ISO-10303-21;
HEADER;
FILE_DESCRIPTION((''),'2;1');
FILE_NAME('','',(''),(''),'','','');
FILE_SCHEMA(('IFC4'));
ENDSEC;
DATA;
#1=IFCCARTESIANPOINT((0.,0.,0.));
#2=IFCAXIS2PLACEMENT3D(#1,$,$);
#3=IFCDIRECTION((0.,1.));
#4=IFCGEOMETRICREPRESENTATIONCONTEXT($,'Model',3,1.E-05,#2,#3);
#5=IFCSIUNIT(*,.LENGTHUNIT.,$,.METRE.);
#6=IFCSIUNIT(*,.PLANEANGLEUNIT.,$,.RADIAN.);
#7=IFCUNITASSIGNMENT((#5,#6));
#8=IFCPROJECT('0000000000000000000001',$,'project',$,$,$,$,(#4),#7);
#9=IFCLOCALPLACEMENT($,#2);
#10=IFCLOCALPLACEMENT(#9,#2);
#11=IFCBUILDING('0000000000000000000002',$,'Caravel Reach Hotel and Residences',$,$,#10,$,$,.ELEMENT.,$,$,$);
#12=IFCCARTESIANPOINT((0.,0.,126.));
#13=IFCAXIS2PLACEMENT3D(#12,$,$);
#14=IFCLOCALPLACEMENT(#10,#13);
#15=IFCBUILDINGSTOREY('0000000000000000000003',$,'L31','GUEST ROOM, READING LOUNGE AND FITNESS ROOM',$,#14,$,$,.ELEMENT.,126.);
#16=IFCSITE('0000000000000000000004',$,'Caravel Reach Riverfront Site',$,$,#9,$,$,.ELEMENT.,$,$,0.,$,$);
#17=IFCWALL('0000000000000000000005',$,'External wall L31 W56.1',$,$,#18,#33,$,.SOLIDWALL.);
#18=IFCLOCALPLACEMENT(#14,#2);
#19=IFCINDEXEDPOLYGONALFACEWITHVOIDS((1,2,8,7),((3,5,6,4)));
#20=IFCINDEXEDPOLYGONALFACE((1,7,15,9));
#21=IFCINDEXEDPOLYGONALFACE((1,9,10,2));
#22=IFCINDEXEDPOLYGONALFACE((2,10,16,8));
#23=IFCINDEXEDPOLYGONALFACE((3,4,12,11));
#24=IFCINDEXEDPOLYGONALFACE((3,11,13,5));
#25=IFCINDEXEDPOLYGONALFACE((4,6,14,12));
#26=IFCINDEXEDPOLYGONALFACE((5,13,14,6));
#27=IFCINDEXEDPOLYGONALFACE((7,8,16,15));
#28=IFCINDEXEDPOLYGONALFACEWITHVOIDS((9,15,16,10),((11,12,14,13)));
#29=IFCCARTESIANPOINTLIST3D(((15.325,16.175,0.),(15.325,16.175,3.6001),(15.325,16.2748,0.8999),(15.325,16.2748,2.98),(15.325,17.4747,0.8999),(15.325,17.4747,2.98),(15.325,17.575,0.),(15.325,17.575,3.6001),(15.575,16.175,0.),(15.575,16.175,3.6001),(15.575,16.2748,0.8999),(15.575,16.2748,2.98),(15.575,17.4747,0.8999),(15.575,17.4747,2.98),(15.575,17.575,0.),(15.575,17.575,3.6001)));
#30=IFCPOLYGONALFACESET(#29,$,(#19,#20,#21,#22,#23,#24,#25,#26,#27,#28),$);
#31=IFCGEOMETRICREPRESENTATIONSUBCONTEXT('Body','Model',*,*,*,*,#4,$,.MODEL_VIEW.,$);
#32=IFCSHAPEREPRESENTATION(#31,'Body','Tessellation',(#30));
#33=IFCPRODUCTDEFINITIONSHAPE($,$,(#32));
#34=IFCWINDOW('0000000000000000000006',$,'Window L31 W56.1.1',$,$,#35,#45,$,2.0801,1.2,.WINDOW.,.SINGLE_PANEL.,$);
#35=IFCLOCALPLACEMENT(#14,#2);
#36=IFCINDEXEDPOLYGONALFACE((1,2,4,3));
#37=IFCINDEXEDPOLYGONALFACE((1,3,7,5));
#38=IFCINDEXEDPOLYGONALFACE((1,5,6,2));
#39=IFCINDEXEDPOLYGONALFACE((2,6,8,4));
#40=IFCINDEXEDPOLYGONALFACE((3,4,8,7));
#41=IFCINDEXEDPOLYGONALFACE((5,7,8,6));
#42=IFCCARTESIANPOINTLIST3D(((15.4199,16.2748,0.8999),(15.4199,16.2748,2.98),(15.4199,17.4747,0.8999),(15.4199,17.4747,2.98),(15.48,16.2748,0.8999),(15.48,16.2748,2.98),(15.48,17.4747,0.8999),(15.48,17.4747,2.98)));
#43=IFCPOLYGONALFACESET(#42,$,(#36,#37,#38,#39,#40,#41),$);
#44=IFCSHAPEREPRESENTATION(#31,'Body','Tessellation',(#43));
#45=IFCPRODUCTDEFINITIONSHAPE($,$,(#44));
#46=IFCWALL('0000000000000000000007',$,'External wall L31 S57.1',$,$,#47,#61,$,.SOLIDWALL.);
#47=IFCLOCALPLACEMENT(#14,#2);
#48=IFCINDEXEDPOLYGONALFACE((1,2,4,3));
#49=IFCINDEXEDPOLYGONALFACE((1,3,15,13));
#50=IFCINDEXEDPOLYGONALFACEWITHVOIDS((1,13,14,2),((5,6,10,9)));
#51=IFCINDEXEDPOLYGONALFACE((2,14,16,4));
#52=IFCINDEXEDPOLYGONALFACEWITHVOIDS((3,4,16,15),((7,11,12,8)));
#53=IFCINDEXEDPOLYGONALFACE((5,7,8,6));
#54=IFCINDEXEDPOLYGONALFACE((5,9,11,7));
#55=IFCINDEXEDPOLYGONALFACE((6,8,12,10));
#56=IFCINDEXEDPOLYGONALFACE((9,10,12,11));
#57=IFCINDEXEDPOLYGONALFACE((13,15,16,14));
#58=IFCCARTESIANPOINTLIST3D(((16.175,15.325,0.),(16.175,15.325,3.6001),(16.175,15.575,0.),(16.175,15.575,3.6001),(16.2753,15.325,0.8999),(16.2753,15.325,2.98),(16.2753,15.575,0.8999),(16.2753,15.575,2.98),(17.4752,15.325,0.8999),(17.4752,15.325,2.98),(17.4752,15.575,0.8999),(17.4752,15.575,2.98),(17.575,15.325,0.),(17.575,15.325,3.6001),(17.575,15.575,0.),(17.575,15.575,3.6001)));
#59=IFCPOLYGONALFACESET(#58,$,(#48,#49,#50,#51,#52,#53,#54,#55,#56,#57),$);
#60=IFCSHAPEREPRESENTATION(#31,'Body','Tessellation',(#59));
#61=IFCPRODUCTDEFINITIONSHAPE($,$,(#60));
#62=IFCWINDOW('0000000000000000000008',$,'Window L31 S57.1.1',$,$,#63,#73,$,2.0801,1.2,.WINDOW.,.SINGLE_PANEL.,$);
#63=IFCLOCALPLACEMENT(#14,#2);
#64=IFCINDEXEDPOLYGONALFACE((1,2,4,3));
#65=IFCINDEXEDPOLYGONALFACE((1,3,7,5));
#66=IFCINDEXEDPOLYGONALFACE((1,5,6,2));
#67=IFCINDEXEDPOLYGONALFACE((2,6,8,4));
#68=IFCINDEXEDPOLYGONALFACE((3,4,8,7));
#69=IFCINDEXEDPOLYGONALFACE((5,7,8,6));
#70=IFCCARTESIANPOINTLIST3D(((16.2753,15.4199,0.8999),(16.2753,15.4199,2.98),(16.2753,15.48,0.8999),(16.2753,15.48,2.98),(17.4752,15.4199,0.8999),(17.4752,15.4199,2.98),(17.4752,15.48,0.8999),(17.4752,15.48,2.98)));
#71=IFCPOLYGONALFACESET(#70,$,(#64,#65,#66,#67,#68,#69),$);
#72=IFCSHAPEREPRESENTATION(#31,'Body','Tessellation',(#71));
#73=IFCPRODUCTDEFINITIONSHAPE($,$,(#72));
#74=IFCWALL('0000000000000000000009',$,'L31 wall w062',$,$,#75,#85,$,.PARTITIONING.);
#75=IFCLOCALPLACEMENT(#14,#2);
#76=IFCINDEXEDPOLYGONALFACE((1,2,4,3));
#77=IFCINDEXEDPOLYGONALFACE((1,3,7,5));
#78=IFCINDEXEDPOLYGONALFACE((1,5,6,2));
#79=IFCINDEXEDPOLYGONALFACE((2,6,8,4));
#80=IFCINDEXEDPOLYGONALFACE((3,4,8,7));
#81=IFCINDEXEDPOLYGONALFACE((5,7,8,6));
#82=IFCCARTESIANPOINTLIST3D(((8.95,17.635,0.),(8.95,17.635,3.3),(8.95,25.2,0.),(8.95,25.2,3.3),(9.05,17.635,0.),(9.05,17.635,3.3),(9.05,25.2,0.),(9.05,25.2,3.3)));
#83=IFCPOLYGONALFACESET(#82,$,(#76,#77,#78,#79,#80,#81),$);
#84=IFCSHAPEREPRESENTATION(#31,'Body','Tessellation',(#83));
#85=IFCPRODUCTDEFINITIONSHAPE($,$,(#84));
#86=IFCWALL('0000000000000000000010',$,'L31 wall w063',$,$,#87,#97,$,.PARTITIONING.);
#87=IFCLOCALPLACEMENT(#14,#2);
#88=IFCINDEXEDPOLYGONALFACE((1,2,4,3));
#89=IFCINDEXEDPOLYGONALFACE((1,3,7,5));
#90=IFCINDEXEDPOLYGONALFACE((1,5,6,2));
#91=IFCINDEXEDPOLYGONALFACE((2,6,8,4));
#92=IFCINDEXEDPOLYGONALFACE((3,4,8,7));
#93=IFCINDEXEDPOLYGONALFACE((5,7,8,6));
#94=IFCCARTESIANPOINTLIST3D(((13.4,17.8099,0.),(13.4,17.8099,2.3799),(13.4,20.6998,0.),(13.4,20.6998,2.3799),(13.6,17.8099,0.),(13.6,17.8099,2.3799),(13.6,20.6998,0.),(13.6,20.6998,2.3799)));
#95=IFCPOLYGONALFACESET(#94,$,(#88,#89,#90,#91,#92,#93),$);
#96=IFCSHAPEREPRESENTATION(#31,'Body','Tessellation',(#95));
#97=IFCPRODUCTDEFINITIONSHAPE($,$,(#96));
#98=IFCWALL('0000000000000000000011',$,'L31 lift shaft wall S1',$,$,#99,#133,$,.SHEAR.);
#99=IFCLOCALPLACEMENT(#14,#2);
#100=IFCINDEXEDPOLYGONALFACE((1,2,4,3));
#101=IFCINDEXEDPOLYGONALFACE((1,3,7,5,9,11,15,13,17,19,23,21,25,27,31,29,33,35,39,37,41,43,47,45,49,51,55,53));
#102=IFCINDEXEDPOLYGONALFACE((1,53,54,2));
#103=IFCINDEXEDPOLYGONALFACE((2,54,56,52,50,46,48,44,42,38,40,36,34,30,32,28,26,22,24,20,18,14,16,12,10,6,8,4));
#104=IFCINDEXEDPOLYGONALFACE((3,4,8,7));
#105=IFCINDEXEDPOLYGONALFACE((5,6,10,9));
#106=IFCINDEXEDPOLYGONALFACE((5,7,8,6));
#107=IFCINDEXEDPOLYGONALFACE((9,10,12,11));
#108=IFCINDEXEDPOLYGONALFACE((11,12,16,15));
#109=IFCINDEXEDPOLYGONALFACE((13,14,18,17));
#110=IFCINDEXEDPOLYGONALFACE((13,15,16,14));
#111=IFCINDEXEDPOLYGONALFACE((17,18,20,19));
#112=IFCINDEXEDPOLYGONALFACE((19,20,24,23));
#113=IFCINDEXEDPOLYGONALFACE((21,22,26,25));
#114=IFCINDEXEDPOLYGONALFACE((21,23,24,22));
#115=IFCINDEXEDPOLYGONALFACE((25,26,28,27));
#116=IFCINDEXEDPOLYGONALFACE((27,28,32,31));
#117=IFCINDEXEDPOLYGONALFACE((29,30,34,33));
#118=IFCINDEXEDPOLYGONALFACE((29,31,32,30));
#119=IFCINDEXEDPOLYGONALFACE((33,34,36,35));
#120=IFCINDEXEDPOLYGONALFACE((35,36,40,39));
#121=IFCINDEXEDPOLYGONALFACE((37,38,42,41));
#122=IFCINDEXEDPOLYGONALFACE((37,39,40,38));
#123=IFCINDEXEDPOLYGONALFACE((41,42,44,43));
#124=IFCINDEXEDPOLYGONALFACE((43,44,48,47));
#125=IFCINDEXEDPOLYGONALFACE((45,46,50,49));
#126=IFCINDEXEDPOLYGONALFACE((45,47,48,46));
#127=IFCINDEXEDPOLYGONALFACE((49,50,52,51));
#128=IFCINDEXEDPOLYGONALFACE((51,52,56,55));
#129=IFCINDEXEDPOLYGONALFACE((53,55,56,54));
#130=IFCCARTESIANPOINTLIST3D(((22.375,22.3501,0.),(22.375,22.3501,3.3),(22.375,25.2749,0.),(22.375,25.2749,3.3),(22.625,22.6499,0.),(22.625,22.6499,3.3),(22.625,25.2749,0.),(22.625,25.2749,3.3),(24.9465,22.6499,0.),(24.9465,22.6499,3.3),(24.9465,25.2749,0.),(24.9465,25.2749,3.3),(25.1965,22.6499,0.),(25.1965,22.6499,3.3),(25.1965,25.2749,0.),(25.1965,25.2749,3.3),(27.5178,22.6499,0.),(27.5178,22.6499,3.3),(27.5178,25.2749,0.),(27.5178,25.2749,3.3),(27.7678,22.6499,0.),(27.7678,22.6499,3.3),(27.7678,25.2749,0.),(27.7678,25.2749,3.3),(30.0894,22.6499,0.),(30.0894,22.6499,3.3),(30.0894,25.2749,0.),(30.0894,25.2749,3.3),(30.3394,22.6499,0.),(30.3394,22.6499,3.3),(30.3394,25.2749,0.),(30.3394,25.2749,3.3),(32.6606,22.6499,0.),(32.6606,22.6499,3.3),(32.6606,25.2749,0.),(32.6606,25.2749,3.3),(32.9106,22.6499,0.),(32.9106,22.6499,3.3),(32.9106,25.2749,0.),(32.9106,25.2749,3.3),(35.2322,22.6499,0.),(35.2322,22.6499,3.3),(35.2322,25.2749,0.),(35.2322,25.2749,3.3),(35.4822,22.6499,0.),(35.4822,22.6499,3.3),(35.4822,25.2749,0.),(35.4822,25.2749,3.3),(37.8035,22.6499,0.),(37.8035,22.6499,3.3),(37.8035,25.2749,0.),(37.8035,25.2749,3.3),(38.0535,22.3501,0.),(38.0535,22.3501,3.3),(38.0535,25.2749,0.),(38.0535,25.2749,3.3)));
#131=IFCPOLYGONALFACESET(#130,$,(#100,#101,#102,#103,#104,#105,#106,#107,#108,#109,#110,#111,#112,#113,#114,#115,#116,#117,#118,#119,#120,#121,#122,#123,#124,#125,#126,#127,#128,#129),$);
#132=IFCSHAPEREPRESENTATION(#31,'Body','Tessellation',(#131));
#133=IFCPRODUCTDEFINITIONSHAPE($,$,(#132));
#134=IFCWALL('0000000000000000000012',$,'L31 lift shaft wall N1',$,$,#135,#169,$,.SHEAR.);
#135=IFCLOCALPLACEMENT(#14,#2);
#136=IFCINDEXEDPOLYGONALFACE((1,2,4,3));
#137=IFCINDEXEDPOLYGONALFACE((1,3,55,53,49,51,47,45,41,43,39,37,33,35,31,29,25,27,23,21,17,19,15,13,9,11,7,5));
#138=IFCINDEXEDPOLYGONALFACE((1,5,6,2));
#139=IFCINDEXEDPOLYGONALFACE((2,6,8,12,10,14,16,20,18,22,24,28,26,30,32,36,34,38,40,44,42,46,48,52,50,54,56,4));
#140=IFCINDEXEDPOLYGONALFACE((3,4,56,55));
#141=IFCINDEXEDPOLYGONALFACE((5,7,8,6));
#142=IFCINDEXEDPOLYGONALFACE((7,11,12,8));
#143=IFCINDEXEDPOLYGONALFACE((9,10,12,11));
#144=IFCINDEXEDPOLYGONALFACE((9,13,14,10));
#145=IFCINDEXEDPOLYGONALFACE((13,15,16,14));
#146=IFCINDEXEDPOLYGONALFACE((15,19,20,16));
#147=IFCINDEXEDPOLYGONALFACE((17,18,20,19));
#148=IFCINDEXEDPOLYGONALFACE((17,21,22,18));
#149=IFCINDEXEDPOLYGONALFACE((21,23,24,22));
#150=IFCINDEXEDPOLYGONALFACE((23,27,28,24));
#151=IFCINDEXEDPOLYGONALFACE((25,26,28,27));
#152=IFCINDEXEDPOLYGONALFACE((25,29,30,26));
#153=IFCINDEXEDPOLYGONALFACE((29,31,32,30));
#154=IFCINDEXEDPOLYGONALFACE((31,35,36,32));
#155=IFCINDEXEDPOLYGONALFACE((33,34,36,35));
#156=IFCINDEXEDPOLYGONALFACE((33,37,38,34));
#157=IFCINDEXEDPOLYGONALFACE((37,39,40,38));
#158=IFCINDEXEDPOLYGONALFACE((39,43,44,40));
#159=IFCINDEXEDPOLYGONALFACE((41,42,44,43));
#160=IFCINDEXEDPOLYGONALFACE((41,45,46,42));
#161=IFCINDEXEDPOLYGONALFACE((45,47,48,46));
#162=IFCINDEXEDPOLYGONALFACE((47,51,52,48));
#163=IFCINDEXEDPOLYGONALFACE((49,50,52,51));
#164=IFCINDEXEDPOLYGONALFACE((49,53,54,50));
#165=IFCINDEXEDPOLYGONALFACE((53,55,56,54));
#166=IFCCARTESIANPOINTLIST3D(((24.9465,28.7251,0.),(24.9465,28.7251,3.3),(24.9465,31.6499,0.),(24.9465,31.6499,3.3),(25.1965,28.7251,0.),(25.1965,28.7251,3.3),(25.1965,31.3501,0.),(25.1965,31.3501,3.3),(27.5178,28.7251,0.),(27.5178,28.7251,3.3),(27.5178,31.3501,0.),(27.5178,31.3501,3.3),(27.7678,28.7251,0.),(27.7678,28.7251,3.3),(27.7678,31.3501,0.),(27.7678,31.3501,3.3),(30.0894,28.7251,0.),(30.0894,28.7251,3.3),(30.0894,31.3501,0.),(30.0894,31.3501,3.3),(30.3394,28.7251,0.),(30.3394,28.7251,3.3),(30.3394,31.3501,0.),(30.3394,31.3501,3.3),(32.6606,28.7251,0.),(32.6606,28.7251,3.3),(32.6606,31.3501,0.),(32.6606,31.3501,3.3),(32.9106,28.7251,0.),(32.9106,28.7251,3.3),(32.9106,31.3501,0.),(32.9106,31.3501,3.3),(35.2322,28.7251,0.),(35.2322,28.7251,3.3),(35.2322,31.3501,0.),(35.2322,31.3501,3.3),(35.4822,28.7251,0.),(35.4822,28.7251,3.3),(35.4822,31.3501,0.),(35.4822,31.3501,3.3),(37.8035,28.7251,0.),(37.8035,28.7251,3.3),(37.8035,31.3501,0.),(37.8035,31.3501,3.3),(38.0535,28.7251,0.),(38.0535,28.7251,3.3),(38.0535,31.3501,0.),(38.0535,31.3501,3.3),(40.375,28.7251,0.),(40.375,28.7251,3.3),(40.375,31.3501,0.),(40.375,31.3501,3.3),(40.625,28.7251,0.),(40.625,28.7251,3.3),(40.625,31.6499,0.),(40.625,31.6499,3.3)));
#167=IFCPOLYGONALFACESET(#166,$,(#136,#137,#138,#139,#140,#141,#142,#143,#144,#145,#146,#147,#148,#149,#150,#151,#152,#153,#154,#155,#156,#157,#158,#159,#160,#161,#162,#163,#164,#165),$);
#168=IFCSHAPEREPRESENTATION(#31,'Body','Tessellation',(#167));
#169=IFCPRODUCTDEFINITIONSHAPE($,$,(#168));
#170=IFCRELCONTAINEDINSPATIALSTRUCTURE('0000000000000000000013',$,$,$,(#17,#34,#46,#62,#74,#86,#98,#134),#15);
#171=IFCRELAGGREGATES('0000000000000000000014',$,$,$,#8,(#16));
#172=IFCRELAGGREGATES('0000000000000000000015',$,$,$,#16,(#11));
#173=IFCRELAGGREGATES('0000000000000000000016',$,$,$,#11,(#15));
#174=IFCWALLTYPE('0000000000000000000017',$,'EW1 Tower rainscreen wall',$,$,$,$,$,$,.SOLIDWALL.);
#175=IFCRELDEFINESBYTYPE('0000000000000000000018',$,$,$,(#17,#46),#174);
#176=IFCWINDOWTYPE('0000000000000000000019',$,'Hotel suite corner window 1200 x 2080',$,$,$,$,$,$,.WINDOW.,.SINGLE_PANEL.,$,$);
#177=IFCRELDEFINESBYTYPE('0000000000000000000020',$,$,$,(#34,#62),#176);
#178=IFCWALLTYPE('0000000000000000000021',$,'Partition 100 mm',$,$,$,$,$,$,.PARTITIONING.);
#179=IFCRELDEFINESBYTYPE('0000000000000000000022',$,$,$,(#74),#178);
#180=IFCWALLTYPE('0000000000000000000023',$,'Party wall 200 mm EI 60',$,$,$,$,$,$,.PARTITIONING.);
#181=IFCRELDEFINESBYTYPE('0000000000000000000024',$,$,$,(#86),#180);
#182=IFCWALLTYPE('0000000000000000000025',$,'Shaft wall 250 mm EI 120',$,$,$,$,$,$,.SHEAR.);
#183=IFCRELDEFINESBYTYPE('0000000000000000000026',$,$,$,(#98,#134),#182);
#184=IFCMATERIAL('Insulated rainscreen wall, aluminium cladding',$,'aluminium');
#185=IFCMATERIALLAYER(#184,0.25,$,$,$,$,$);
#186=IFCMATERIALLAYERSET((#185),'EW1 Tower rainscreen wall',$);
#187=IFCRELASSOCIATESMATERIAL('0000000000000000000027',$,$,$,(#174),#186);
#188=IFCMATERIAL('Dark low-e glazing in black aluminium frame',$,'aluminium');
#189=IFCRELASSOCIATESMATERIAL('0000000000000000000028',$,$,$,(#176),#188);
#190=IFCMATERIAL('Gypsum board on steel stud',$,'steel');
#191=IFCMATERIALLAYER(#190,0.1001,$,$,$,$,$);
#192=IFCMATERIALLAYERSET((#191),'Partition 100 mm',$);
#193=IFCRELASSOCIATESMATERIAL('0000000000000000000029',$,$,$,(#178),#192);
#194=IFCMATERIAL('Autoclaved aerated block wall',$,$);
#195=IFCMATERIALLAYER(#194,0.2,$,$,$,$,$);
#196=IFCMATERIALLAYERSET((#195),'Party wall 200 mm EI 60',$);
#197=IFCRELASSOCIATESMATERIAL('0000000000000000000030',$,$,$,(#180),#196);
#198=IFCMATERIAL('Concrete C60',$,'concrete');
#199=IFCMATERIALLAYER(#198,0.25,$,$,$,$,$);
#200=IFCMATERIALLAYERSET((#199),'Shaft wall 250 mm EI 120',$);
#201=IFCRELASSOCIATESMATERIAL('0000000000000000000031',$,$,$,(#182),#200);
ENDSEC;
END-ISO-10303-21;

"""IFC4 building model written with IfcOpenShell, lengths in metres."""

from ifc_helpers import new_model, si_unit, direction, frame, frame_2d, origin, place, context, subcontext, project, spatial, polyline, rectangle, outline, extrude, material, layer, layer_set, type_object, element, fill, save


model = new_model("IFC4")

# Units and contexts
model_context = context("Model", 3, precision=1e-05, world=origin(), true_north=direction((0.0, 1.0)))
body_context = subcontext(model_context, "Body", "Model", "MODEL_VIEW")
ifc_project = project(units=[si_unit("LENGTHUNIT", "METRE"), si_unit("PLANEANGLEUNIT", "RADIAN")], contexts=[model_context])

# Site, building, storey
site_placement = place(None, origin())
site = spatial("IfcSite", under=ifc_project, at=site_placement, Name="Caravel Reach Riverfront Site", CompositionType="ELEMENT", RefElevation=0.0)
building_placement = place(site_placement, origin())
building = spatial("IfcBuilding", under=site, at=building_placement, Name="Caravel Reach Hotel and Residences", CompositionType="ELEMENT")
storey_placement = place(building_placement, frame((0.0, 0.0, 126.0)))
storey = spatial("IfcBuildingStorey", under=building, at=storey_placement, Name="L31", Description="GUEST ROOM, READING LOUNGE AND FITNESS ROOM", CompositionType="ELEMENT", Elevation=126.0)

# Shared definitions
ifc_material_1 = material(Name="Insulated rainscreen wall, aluminium cladding", Category="aluminium")
ifc_layer_1 = layer(ifc_material_1, 0.25)
ifc_layer_set_1 = layer_set([ifc_layer_1], Name="EW1 Tower rainscreen wall")
wall_type_1 = type_object("IfcWallType", Name="EW1 Tower rainscreen wall", PredefinedType="SOLIDWALL", material=ifc_layer_set_1)

# Walls, openings, windows
ifc_material_2 = material(Name="Dark low-e glazing in black aluminium frame", Category="aluminium")
window_type_1 = type_object("IfcWindowType", Name="Hotel suite corner window 1200 x 2080", PartitioningType="SINGLE_PANEL", PredefinedType="WINDOW", material=ifc_material_2)
wall_1_placement = place(storey_placement, frame((15.45, 17.575, 0.0), z_axis=(0.0, 0.0, 1.0), x_axis=(0.0, -1.0, 0.0)))
wall_1 = element("IfcWall", 1, at=wall_1_placement, inside=storey, type_object=wall_type_1, Name="External wall L31 W56.1", PredefinedType="SOLIDWALL", context=body_context, shape_type="SweptSolid", body=[
    extrude(rectangle(XDim=1.3999, YDim=0.25, at=frame_2d((0.7, 0.0))), origin(), (0.0, 0.0, 1.0), 3.6001),
])
opening_1_placement = place(wall_1_placement, frame((0.1001, 0.0, 0.8999)))
opening_1 = element("IfcOpeningElement", 2, at=opening_1_placement, cuts=wall_1, PredefinedType="OPENING", context=body_context, shape_type="SweptSolid", body=[
    extrude(rectangle(XDim=1.2, YDim=2.0801, at=frame_2d((0.6001, 1.04))), frame((0.0, 0.135, 0.0), z_axis=(0.0, -1.0, 0.0), x_axis=(1.0, 0.0, 0.0)), (0.0, 0.0, 1.0), 0.27),
])
window_1_placement = place(opening_1_placement, origin())
window_1 = element("IfcWindow", 3, at=window_1_placement, inside=storey, type_object=window_type_1, Name="Window L31 W56.1.1", OverallHeight=2.0801, OverallWidth=1.2, PartitioningType="SINGLE_PANEL", PredefinedType="WINDOW", context=body_context, shape_type="SweptSolid", body=[
    extrude(rectangle(XDim=1.2, YDim=2.0801, at=frame_2d((0.6001, 1.04))), frame((0.0, 0.03, 0.0), z_axis=(0.0, -1.0, 0.0), x_axis=(1.0, 0.0, 0.0)), (0.0, 0.0, 1.0), 0.0601),
])
fill(opening_1, window_1)
wall_2_placement = place(storey_placement, frame((16.175, 15.45, 0.0), z_axis=(0.0, 0.0, 1.0), x_axis=(1.0, 0.0, 0.0)))
wall_2 = element("IfcWall", 4, at=wall_2_placement, inside=storey, type_object=wall_type_1, Name="External wall L31 S57.1", PredefinedType="SOLIDWALL", context=body_context, shape_type="SweptSolid", body=[
    extrude(rectangle(XDim=1.3999, YDim=0.25, at=frame_2d((0.7, 0.0))), origin(), (0.0, 0.0, 1.0), 3.6001),
])
opening_2_placement = place(wall_2_placement, frame((0.1001, 0.0, 0.8999)))
opening_2 = element("IfcOpeningElement", 5, at=opening_2_placement, cuts=wall_2, PredefinedType="OPENING", context=body_context, shape_type="SweptSolid", body=[
    extrude(rectangle(XDim=1.2, YDim=2.0801, at=frame_2d((0.6001, 1.04))), frame((0.0, 0.135, 0.0), z_axis=(0.0, -1.0, 0.0), x_axis=(1.0, 0.0, 0.0)), (0.0, 0.0, 1.0), 0.27),
])
window_2_placement = place(opening_2_placement, origin())
window_2 = element("IfcWindow", 6, at=window_2_placement, inside=storey, type_object=window_type_1, Name="Window L31 S57.1.1", OverallHeight=2.0801, OverallWidth=1.2, PartitioningType="SINGLE_PANEL", PredefinedType="WINDOW", context=body_context, shape_type="SweptSolid", body=[
    extrude(rectangle(XDim=1.2, YDim=2.0801, at=frame_2d((0.6001, 1.04))), frame((0.0, 0.03, 0.0), z_axis=(0.0, -1.0, 0.0), x_axis=(1.0, 0.0, 0.0)), (0.0, 0.0, 1.0), 0.0601),
])
fill(opening_2, window_2)

# Walls
ifc_material_3 = material(Name="Gypsum board on steel stud", Category="steel")
ifc_layer_2 = layer(ifc_material_3, 0.1001)
ifc_layer_set_2 = layer_set([ifc_layer_2], Name="Partition 100 mm")
wall_type_2 = type_object("IfcWallType", Name="Partition 100 mm", PredefinedType="PARTITIONING", material=ifc_layer_set_2)
wall_3_placement = place(storey_placement, frame((9.0, 17.635, 0.0), z_axis=(0.0, 0.0, 1.0), x_axis=(0.0, 1.0, 0.0)))
element("IfcWall", 7, at=wall_3_placement, inside=storey, type_object=wall_type_2, Name="L31 wall w062", PredefinedType="PARTITIONING", context=body_context, shape_type="SweptSolid", body=[
    extrude(rectangle(XDim=7.5649, YDim=0.1001, at=frame_2d((3.7825, 0.0))), origin(), (0.0, 0.0, 1.0), 3.3),
])
ifc_material_4 = material(Name="Autoclaved aerated block wall")
ifc_layer_3 = layer(ifc_material_4, 0.2)
ifc_layer_set_3 = layer_set([ifc_layer_3], Name="Party wall 200 mm EI 60")
wall_type_3 = type_object("IfcWallType", Name="Party wall 200 mm EI 60", PredefinedType="PARTITIONING", material=ifc_layer_set_3)
wall_4_placement = place(storey_placement, frame((13.5, 17.8101, 0.0), z_axis=(0.0, 0.0, 1.0), x_axis=(0.0, 1.0, 0.0)))
element("IfcWall", 8, at=wall_4_placement, inside=storey, type_object=wall_type_3, Name="L31 wall w063", PredefinedType="PARTITIONING", context=body_context, shape_type="SweptSolid", body=[
    extrude(rectangle(XDim=2.8899, YDim=0.2, at=frame_2d((1.4448, 0.0))), origin(), (0.0, 0.0, 1.0), 2.3799),
])
ifc_material_5 = material(Name="Concrete C60", Category="concrete")
ifc_layer_4 = layer(ifc_material_5, 0.25)
ifc_layer_set_4 = layer_set([ifc_layer_4], Name="Shaft wall 250 mm EI 120")
wall_type_4 = type_object("IfcWallType", Name="Shaft wall 250 mm EI 120", PredefinedType="SHEAR", material=ifc_layer_set_4)
wall_5_placement = place(storey_placement, origin())
element("IfcWall", 9, at=wall_5_placement, inside=storey, type_object=wall_type_4, Name="L31 lift shaft wall S1", PredefinedType="SHEAR", context=body_context, shape_type="SweptSolid", body=[
    extrude(outline(polyline([(22.375, 22.3501), (38.0535, 22.3501), (38.0535, 25.2749), (37.8035, 25.2749), (37.8035, 22.6499), (35.4822, 22.6499), (35.4822, 25.2749), (35.2322, 25.2749), (35.2322, 22.6499), (32.9106, 22.6499), (32.9106, 25.2749), (32.6606, 25.2749), (32.6606, 22.6499), (30.3394, 22.6499), (30.3394, 25.2749), (30.0894, 25.2749), (30.0894, 22.6499), (27.7678, 22.6499), (27.7678, 25.2749), (27.5178, 25.2749), (27.5178, 22.6499), (25.1965, 22.6499), (25.1965, 25.2749), (24.9465, 25.2749), (24.9465, 22.6499), (22.625, 22.6499), (22.625, 25.2749), (22.375, 25.2749), (22.375, 22.3501)])), origin(), (0.0, 0.0, 1.0), 3.3),
])
wall_6_placement = place(storey_placement, origin())
element("IfcWall", 10, at=wall_6_placement, inside=storey, type_object=wall_type_4, Name="L31 lift shaft wall N1", PredefinedType="SHEAR", context=body_context, shape_type="SweptSolid", body=[
    extrude(outline(polyline([(24.9465, 28.7251), (25.1965, 28.7251), (25.1965, 31.3501), (27.5178, 31.3501), (27.5178, 28.7251), (27.7678, 28.7251), (27.7678, 31.3501), (30.0894, 31.3501), (30.0894, 28.7251), (30.3394, 28.7251), (30.3394, 31.3501), (32.6606, 31.3501), (32.6606, 28.7251), (32.9106, 28.7251), (32.9106, 31.3501), (35.2322, 31.3501), (35.2322, 28.7251), (35.4822, 28.7251), (35.4822, 31.3501), (37.8035, 31.3501), (37.8035, 28.7251), (38.0535, 28.7251), (38.0535, 31.3501), (40.375, 31.3501), (40.375, 28.7251), (40.625, 28.7251), (40.625, 31.6499), (24.9465, 31.6499), (24.9465, 28.7251)])), origin(), (0.0, 0.0, 1.0), 3.3),
])

save(model, "model.ifc")
